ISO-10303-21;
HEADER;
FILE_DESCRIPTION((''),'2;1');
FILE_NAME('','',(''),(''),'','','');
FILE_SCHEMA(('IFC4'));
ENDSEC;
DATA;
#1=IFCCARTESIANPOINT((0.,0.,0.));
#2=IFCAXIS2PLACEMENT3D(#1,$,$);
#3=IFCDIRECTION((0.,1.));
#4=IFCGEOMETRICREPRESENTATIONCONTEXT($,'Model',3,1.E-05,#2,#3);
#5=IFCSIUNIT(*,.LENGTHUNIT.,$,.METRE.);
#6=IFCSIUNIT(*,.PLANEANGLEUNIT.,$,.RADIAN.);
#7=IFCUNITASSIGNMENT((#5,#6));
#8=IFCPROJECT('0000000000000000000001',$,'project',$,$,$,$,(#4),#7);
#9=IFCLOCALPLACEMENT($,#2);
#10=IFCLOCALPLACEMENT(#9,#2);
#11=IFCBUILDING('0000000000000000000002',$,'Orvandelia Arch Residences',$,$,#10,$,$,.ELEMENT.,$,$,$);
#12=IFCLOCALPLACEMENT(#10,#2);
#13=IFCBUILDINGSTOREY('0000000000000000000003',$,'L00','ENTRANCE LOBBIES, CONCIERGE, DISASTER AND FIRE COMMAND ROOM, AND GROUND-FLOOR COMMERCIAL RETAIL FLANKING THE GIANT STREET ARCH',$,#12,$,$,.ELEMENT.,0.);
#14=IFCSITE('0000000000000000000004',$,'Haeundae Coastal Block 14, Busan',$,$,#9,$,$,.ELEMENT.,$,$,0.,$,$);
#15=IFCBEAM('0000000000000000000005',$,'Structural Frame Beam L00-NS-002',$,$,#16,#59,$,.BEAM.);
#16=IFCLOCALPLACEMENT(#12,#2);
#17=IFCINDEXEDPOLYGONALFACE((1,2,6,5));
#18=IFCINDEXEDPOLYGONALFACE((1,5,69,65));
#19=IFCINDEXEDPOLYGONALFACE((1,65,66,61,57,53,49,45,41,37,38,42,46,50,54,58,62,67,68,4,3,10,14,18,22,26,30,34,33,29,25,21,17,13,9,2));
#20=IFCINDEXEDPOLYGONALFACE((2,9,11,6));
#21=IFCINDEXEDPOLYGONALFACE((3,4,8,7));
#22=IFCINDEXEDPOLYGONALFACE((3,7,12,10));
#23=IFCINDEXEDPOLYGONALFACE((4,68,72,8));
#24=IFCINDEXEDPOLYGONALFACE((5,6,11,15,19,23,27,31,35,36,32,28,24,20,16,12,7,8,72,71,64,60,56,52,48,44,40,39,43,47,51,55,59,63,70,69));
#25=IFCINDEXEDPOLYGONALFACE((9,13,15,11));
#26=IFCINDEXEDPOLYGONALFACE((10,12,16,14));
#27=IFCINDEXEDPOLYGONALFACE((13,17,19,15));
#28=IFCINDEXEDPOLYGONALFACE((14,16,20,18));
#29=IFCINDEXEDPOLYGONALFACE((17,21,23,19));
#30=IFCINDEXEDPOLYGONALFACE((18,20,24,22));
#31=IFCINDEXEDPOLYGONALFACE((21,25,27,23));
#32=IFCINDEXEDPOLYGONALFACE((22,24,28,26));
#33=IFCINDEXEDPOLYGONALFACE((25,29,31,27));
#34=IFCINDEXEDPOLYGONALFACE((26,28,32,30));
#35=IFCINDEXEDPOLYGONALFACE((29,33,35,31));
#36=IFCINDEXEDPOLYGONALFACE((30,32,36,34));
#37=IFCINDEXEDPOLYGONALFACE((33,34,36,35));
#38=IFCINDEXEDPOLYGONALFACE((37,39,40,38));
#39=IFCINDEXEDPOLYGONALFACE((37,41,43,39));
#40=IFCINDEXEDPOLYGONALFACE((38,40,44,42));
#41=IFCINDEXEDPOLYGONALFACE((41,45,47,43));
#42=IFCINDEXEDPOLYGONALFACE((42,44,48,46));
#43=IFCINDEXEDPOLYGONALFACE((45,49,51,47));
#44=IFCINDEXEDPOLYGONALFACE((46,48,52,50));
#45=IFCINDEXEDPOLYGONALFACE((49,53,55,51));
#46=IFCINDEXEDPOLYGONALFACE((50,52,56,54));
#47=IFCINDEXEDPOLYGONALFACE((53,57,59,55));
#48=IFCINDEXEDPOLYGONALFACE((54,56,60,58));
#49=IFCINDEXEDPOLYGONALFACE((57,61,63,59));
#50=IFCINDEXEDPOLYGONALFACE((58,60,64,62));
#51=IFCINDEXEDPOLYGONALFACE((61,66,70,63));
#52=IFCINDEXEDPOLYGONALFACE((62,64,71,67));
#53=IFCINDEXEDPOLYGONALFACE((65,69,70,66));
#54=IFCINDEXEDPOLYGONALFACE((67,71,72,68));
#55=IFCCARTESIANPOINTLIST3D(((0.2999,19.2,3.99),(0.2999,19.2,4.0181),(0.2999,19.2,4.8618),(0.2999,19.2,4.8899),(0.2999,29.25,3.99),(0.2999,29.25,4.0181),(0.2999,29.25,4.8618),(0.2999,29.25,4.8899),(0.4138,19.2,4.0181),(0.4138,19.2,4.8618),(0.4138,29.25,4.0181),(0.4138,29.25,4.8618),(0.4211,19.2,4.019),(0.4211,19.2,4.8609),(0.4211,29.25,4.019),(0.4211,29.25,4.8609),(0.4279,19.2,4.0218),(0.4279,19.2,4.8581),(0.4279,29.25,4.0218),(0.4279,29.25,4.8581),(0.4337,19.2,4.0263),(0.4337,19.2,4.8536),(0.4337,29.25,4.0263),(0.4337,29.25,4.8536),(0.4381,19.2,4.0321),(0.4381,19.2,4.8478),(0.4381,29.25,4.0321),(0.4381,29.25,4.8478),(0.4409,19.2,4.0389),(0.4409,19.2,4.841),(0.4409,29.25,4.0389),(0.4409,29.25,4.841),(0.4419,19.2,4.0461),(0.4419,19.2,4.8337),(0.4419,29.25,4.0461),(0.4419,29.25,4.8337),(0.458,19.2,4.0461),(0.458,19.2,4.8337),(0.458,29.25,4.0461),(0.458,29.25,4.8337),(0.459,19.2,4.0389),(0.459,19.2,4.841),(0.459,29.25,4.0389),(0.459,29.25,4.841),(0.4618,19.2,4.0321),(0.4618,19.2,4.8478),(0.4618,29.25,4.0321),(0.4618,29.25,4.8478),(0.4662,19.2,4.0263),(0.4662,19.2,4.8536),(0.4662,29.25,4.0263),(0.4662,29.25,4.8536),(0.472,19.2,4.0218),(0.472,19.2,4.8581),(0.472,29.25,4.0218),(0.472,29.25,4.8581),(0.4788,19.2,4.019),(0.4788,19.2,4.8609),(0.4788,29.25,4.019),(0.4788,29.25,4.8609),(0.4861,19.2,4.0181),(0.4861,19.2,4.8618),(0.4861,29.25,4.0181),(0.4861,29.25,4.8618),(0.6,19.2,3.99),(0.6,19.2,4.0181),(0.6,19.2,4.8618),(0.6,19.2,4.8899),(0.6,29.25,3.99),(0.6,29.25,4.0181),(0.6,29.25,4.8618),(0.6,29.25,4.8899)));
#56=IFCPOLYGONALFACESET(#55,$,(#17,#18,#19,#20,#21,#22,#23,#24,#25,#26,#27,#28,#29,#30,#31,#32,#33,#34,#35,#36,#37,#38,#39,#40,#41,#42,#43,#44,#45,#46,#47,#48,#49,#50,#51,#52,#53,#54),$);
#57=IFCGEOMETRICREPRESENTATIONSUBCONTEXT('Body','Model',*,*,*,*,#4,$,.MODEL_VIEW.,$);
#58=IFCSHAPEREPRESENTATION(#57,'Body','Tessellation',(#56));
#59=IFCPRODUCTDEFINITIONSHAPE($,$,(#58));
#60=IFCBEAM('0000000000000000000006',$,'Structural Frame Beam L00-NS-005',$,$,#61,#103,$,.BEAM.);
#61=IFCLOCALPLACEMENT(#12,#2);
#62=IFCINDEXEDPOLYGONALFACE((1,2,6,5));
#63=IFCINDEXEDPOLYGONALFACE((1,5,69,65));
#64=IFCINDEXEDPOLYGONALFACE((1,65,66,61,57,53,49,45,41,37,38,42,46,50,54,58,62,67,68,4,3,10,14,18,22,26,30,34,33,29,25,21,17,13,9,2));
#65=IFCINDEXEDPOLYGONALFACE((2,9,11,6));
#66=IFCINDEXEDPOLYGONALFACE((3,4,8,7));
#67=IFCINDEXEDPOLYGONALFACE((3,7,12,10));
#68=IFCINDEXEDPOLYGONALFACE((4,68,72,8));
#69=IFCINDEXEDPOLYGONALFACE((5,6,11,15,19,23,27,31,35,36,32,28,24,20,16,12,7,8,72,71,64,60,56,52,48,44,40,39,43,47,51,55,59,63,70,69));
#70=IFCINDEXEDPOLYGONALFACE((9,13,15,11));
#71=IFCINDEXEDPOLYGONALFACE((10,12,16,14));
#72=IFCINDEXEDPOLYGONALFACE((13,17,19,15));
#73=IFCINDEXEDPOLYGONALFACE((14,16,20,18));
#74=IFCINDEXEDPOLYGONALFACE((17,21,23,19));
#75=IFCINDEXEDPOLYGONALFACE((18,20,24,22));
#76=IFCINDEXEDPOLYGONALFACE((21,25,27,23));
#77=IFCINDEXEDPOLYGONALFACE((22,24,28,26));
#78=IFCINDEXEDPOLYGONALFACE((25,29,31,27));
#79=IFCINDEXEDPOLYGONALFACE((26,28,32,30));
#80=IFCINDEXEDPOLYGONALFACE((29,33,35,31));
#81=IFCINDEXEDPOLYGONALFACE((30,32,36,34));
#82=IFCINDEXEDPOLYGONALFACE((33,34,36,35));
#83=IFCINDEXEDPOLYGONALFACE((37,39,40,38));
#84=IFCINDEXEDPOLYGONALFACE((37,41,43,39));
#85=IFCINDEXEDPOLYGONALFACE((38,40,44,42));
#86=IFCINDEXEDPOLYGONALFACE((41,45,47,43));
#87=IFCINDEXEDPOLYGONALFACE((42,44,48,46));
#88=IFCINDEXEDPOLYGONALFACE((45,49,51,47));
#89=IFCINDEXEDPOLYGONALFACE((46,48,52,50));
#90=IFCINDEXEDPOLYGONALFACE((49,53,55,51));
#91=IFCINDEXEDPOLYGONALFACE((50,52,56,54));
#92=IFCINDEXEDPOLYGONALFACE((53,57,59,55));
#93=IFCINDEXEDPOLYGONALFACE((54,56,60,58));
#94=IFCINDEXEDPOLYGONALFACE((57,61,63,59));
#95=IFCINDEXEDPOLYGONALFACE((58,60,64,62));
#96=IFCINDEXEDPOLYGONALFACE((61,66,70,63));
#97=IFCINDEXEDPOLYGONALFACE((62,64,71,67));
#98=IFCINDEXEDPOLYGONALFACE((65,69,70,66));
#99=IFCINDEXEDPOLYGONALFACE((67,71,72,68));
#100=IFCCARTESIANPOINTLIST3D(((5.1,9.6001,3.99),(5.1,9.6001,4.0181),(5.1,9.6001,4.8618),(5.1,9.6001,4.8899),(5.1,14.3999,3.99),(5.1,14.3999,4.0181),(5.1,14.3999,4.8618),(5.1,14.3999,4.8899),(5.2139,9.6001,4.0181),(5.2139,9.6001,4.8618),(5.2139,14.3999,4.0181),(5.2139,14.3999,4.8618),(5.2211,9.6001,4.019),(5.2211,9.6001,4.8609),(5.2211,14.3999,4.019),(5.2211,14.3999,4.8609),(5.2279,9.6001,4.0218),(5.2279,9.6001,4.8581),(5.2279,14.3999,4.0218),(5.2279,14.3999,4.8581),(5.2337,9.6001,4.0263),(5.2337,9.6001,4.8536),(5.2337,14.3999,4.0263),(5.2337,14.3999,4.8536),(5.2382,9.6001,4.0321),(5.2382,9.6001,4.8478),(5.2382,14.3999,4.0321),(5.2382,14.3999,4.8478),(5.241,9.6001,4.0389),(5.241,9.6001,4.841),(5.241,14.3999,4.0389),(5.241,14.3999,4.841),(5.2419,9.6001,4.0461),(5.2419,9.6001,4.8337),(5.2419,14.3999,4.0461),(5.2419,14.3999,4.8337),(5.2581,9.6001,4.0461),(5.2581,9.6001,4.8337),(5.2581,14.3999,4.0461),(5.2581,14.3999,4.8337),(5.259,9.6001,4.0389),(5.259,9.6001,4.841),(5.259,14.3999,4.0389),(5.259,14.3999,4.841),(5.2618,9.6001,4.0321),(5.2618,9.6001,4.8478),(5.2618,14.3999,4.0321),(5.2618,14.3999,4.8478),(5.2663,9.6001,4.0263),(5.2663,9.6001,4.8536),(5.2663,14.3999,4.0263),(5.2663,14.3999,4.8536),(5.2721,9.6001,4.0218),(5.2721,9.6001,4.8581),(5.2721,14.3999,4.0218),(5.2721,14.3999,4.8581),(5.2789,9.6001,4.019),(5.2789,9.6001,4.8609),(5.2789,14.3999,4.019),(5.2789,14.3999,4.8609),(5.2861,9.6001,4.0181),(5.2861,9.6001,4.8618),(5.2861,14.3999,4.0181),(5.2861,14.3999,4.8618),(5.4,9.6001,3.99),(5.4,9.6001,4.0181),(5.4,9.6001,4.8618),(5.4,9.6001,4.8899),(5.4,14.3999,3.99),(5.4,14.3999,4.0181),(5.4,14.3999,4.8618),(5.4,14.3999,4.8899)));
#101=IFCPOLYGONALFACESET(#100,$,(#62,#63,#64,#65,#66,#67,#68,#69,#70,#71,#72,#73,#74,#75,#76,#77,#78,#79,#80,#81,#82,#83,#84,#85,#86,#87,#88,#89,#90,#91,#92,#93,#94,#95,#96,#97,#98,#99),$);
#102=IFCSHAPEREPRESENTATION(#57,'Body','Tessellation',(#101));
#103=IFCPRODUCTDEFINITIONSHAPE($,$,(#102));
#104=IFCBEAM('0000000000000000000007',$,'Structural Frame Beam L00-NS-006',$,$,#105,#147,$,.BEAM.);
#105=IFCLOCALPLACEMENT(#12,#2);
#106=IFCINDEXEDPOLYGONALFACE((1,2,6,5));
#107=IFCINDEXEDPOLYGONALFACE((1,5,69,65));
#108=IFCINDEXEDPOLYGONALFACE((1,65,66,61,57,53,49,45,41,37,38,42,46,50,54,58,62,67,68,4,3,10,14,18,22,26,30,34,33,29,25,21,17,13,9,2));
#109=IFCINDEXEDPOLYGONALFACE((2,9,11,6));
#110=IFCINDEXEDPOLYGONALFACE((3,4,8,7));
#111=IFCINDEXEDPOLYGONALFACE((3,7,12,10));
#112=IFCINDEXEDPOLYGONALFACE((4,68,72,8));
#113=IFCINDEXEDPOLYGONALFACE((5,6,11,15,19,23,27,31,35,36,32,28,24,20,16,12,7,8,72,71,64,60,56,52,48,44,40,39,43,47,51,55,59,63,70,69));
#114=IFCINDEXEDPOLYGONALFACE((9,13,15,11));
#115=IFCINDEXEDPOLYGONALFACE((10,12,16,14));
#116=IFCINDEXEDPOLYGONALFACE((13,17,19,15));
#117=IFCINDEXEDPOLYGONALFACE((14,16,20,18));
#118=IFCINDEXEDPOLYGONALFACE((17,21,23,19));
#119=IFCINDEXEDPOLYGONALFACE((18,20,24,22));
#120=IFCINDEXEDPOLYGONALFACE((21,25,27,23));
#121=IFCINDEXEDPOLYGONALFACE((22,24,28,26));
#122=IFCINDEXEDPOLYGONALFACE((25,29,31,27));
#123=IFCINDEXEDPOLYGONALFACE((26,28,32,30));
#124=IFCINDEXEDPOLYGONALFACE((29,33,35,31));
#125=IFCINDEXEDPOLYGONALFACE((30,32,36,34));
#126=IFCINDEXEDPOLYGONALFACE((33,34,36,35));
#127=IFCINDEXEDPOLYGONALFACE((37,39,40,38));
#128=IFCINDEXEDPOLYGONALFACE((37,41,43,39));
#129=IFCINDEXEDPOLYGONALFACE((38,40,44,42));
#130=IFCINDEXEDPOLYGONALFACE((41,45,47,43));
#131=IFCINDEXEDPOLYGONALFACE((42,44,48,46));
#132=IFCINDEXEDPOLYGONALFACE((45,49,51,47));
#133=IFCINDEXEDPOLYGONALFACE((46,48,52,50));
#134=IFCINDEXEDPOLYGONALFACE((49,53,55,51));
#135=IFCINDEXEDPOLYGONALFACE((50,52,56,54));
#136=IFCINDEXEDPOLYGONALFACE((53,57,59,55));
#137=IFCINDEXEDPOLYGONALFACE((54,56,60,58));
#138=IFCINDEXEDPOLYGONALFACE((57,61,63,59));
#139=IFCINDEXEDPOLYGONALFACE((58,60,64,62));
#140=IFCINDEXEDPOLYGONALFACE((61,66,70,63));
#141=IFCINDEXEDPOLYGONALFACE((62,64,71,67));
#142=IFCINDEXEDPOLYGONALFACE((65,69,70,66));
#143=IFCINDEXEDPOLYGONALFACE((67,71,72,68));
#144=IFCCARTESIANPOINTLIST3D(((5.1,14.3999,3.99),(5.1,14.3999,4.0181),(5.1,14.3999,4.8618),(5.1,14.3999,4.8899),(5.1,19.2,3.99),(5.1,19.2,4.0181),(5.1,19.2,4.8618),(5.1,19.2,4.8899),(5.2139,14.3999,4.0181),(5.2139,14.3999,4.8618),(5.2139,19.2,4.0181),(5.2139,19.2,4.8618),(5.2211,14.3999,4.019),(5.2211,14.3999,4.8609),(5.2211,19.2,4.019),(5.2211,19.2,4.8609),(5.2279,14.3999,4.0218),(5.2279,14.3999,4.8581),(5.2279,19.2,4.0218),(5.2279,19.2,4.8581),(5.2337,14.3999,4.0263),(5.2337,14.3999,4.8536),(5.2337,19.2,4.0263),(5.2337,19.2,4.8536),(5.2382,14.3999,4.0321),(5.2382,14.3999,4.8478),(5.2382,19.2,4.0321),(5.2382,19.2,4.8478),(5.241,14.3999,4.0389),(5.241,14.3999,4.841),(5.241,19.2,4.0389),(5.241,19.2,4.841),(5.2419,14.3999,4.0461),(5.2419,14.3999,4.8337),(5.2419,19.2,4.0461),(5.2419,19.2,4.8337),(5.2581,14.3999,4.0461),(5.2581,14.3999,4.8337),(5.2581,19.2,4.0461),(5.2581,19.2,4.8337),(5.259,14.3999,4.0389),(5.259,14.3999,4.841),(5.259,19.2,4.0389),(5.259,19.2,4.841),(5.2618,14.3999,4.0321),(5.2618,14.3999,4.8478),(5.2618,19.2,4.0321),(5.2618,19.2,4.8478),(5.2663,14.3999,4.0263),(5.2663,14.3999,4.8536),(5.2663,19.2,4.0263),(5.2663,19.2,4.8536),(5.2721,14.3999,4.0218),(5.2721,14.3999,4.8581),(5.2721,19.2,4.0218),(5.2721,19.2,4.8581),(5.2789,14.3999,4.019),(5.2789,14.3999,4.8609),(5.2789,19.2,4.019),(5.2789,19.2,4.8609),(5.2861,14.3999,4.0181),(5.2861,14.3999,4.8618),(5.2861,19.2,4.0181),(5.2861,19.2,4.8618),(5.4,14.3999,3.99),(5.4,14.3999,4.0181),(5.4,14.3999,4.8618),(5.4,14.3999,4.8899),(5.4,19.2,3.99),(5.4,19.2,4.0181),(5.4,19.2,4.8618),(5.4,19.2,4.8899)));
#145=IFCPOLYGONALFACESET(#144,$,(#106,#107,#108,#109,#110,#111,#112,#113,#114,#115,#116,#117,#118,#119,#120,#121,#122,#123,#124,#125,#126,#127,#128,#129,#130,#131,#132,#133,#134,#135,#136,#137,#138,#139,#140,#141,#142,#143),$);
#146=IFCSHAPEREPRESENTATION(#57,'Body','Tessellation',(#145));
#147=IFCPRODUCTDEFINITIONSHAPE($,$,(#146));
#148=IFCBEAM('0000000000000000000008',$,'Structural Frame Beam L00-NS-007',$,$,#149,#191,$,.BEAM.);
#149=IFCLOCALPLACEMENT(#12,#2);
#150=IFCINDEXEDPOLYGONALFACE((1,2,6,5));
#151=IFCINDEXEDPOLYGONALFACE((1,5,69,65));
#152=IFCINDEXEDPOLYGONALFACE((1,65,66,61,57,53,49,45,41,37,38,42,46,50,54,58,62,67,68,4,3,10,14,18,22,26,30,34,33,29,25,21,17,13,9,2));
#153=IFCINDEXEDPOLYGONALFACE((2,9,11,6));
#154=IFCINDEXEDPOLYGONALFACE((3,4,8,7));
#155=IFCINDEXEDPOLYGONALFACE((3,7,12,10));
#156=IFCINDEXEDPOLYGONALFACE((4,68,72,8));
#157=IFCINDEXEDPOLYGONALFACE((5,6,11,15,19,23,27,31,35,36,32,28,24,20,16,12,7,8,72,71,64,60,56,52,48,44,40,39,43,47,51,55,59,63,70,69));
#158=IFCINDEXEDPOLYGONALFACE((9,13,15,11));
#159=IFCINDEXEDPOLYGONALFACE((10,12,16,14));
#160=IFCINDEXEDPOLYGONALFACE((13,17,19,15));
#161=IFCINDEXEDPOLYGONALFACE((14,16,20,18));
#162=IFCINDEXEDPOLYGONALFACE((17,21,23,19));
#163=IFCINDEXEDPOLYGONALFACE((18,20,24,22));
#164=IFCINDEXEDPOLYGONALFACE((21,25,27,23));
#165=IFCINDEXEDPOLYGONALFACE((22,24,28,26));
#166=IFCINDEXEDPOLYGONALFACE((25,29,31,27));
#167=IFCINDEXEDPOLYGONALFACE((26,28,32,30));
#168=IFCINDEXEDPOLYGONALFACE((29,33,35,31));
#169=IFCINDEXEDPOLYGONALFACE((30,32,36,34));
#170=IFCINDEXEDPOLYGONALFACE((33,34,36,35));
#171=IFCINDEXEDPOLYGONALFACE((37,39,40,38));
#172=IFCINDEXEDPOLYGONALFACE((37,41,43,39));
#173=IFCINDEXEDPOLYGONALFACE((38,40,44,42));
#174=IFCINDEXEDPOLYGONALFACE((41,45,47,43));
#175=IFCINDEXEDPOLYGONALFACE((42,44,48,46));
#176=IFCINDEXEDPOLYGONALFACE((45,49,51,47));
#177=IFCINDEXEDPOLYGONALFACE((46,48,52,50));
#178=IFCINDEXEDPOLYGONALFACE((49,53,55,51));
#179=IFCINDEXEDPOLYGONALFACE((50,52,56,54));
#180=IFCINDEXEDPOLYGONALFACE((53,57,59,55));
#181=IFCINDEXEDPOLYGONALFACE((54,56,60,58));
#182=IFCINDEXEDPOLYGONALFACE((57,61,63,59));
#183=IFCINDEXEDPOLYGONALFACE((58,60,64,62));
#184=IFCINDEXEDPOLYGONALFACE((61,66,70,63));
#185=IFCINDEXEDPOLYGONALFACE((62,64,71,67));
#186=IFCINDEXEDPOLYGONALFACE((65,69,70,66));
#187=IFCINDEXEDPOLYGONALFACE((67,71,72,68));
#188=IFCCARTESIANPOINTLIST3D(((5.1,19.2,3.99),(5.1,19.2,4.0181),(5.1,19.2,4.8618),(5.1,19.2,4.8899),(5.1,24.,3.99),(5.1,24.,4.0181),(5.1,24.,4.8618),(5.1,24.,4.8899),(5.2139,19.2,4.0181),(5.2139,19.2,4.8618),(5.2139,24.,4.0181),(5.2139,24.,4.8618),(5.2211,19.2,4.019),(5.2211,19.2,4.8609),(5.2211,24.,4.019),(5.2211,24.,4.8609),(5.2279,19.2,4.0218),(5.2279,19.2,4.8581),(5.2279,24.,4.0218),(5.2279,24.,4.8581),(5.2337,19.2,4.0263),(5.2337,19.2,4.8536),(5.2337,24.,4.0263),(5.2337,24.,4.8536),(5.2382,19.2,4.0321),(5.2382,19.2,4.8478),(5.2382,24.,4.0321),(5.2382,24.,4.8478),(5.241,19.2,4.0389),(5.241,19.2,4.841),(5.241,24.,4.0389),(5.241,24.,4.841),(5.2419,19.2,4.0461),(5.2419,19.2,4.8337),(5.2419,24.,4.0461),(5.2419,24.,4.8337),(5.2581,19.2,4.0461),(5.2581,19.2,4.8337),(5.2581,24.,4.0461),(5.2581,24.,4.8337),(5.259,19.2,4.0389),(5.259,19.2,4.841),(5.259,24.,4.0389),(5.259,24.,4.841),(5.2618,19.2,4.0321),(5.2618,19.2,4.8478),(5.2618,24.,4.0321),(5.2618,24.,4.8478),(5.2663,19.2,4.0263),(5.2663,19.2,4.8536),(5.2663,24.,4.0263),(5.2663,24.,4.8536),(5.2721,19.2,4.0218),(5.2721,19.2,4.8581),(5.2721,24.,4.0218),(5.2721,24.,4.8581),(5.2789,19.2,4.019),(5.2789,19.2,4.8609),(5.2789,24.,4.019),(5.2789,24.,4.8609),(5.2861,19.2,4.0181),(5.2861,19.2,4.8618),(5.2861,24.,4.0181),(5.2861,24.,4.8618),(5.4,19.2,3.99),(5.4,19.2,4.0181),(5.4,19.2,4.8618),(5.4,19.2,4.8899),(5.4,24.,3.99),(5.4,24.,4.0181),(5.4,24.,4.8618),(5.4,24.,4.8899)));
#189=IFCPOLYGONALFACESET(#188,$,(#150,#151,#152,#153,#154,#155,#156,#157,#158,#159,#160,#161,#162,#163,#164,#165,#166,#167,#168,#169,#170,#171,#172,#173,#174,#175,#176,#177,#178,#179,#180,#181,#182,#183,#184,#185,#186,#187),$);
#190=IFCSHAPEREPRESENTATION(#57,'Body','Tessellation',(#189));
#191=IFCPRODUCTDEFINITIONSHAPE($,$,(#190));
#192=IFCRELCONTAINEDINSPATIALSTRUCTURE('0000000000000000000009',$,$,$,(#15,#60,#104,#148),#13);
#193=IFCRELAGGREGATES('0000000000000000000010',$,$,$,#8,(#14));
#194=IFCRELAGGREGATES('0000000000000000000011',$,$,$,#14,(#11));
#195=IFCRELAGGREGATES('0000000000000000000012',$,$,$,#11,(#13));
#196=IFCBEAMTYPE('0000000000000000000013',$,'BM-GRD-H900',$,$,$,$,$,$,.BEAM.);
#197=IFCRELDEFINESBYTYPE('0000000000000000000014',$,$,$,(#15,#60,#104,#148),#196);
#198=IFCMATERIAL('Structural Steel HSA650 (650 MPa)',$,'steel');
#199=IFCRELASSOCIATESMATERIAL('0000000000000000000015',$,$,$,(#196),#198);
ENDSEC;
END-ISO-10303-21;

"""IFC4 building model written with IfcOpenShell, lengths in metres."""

from ifc_helpers import new_model, si_unit, direction, frame, origin, origin_2d, place, context, subcontext, project, spatial, i_section, extrude, material, material_profile, profile_set, type_object, element, save


model = new_model("IFC4")

# Units and contexts
model_context = context("Model", 3, precision=1e-05, world=origin(), true_north=direction((0.0, 1.0)))
body_context = subcontext(model_context, "Body", "Model", "MODEL_VIEW")
ifc_project = project(units=[si_unit("LENGTHUNIT", "METRE"), si_unit("PLANEANGLEUNIT", "RADIAN")], contexts=[model_context])

# Site, building, storey
site_placement = place(None, origin())
site = spatial("IfcSite", under=ifc_project, at=site_placement, Name="Haeundae Coastal Block 14, Busan", CompositionType="ELEMENT", RefElevation=0.0)
building_placement = place(site_placement, origin())
building = spatial("IfcBuilding", under=site, at=building_placement, Name="Orvandelia Arch Residences", CompositionType="ELEMENT")
storey_placement = place(building_placement, origin())
storey = spatial("IfcBuildingStorey", under=building, at=storey_placement, Name="L00", Description="ENTRANCE LOBBIES, CONCIERGE, DISASTER AND FIRE COMMAND ROOM, AND GROUND-FLOOR COMMERCIAL RETAIL FLANKING THE GIANT STREET ARCH", CompositionType="ELEMENT", Elevation=0.0)

# Beams
ifc_material_1 = material(Name="Structural Steel HSA650 (650 MPa)", Category="steel")
ifc_material_profile_1 = material_profile(ifc_material_1, i_section(OverallWidth=0.3, OverallDepth=0.8999, WebThickness=0.0161, FlangeThickness=0.0281, FilletRadius=0.0281, at=origin_2d()), Name="Structural Steel HSA650 (650 MPa)", Category="steel")
ifc_profile_set_1 = profile_set([ifc_material_profile_1], Name="Structural Steel HSA650 (650 MPa)")
beam_type_1 = type_object("IfcBeamType", Name="BM-GRD-H900", PredefinedType="BEAM", material=ifc_profile_set_1)
beam_1_placement = place(storey_placement, frame((0.45, 19.2, 4.4399), z_axis=(0.0, 1.0, 0.0), x_axis=(-1.0, 0.0, 0.0)))
element("IfcBeam", 1, at=beam_1_placement, inside=storey, type_object=beam_type_1, Name="Structural Frame Beam L00-NS-002", PredefinedType="BEAM", context=body_context, shape_type="SweptSolid", body=[
    extrude(i_section(OverallWidth=0.3, OverallDepth=0.8999, WebThickness=0.0161, FlangeThickness=0.0281, FilletRadius=0.0281, at=origin_2d()), origin(), (0.0, 0.0, 1.0), 10.05),
])
beam_2_placement = place(storey_placement, frame((5.25, 9.6001, 4.4399), z_axis=(0.0, 1.0, 0.0), x_axis=(-1.0, 0.0, 0.0)))
element("IfcBeam", 2, at=beam_2_placement, inside=storey, type_object=beam_type_1, Name="Structural Frame Beam L00-NS-005", PredefinedType="BEAM", context=body_context, shape_type="SweptSolid", body=[
    extrude(i_section(OverallWidth=0.3, OverallDepth=0.8999, WebThickness=0.0161, FlangeThickness=0.0281, FilletRadius=0.0281, at=origin_2d()), origin(), (0.0, 0.0, 1.0), 4.7998),
])
for number, where, z_axis, x_axis, name in (
    (3, (5.25, 14.3999, 4.4399), (0.0, 1.0, 0.0), (-1.0, 0.0, 0.0), "Structural Frame Beam L00-NS-006"),
    (4, (5.25, 19.2, 4.4399), (0.0, 1.0, 0.0), (-1.0, 0.0, 0.0), "Structural Frame Beam L00-NS-007"),
):
    element("IfcBeam", number, at=place(storey_placement, frame(where, z_axis=z_axis, x_axis=x_axis)), inside=storey, type_object=beam_type_1, Name=name, PredefinedType="BEAM", context=body_context, shape_type="SweptSolid", body=[
        extrude(i_section(OverallWidth=0.3, OverallDepth=0.8999, WebThickness=0.0161, FlangeThickness=0.0281, FilletRadius=0.0281, at=origin_2d()), origin(), (0.0, 0.0, 1.0), 4.8),
    ])

save(model, "model.ifc")
